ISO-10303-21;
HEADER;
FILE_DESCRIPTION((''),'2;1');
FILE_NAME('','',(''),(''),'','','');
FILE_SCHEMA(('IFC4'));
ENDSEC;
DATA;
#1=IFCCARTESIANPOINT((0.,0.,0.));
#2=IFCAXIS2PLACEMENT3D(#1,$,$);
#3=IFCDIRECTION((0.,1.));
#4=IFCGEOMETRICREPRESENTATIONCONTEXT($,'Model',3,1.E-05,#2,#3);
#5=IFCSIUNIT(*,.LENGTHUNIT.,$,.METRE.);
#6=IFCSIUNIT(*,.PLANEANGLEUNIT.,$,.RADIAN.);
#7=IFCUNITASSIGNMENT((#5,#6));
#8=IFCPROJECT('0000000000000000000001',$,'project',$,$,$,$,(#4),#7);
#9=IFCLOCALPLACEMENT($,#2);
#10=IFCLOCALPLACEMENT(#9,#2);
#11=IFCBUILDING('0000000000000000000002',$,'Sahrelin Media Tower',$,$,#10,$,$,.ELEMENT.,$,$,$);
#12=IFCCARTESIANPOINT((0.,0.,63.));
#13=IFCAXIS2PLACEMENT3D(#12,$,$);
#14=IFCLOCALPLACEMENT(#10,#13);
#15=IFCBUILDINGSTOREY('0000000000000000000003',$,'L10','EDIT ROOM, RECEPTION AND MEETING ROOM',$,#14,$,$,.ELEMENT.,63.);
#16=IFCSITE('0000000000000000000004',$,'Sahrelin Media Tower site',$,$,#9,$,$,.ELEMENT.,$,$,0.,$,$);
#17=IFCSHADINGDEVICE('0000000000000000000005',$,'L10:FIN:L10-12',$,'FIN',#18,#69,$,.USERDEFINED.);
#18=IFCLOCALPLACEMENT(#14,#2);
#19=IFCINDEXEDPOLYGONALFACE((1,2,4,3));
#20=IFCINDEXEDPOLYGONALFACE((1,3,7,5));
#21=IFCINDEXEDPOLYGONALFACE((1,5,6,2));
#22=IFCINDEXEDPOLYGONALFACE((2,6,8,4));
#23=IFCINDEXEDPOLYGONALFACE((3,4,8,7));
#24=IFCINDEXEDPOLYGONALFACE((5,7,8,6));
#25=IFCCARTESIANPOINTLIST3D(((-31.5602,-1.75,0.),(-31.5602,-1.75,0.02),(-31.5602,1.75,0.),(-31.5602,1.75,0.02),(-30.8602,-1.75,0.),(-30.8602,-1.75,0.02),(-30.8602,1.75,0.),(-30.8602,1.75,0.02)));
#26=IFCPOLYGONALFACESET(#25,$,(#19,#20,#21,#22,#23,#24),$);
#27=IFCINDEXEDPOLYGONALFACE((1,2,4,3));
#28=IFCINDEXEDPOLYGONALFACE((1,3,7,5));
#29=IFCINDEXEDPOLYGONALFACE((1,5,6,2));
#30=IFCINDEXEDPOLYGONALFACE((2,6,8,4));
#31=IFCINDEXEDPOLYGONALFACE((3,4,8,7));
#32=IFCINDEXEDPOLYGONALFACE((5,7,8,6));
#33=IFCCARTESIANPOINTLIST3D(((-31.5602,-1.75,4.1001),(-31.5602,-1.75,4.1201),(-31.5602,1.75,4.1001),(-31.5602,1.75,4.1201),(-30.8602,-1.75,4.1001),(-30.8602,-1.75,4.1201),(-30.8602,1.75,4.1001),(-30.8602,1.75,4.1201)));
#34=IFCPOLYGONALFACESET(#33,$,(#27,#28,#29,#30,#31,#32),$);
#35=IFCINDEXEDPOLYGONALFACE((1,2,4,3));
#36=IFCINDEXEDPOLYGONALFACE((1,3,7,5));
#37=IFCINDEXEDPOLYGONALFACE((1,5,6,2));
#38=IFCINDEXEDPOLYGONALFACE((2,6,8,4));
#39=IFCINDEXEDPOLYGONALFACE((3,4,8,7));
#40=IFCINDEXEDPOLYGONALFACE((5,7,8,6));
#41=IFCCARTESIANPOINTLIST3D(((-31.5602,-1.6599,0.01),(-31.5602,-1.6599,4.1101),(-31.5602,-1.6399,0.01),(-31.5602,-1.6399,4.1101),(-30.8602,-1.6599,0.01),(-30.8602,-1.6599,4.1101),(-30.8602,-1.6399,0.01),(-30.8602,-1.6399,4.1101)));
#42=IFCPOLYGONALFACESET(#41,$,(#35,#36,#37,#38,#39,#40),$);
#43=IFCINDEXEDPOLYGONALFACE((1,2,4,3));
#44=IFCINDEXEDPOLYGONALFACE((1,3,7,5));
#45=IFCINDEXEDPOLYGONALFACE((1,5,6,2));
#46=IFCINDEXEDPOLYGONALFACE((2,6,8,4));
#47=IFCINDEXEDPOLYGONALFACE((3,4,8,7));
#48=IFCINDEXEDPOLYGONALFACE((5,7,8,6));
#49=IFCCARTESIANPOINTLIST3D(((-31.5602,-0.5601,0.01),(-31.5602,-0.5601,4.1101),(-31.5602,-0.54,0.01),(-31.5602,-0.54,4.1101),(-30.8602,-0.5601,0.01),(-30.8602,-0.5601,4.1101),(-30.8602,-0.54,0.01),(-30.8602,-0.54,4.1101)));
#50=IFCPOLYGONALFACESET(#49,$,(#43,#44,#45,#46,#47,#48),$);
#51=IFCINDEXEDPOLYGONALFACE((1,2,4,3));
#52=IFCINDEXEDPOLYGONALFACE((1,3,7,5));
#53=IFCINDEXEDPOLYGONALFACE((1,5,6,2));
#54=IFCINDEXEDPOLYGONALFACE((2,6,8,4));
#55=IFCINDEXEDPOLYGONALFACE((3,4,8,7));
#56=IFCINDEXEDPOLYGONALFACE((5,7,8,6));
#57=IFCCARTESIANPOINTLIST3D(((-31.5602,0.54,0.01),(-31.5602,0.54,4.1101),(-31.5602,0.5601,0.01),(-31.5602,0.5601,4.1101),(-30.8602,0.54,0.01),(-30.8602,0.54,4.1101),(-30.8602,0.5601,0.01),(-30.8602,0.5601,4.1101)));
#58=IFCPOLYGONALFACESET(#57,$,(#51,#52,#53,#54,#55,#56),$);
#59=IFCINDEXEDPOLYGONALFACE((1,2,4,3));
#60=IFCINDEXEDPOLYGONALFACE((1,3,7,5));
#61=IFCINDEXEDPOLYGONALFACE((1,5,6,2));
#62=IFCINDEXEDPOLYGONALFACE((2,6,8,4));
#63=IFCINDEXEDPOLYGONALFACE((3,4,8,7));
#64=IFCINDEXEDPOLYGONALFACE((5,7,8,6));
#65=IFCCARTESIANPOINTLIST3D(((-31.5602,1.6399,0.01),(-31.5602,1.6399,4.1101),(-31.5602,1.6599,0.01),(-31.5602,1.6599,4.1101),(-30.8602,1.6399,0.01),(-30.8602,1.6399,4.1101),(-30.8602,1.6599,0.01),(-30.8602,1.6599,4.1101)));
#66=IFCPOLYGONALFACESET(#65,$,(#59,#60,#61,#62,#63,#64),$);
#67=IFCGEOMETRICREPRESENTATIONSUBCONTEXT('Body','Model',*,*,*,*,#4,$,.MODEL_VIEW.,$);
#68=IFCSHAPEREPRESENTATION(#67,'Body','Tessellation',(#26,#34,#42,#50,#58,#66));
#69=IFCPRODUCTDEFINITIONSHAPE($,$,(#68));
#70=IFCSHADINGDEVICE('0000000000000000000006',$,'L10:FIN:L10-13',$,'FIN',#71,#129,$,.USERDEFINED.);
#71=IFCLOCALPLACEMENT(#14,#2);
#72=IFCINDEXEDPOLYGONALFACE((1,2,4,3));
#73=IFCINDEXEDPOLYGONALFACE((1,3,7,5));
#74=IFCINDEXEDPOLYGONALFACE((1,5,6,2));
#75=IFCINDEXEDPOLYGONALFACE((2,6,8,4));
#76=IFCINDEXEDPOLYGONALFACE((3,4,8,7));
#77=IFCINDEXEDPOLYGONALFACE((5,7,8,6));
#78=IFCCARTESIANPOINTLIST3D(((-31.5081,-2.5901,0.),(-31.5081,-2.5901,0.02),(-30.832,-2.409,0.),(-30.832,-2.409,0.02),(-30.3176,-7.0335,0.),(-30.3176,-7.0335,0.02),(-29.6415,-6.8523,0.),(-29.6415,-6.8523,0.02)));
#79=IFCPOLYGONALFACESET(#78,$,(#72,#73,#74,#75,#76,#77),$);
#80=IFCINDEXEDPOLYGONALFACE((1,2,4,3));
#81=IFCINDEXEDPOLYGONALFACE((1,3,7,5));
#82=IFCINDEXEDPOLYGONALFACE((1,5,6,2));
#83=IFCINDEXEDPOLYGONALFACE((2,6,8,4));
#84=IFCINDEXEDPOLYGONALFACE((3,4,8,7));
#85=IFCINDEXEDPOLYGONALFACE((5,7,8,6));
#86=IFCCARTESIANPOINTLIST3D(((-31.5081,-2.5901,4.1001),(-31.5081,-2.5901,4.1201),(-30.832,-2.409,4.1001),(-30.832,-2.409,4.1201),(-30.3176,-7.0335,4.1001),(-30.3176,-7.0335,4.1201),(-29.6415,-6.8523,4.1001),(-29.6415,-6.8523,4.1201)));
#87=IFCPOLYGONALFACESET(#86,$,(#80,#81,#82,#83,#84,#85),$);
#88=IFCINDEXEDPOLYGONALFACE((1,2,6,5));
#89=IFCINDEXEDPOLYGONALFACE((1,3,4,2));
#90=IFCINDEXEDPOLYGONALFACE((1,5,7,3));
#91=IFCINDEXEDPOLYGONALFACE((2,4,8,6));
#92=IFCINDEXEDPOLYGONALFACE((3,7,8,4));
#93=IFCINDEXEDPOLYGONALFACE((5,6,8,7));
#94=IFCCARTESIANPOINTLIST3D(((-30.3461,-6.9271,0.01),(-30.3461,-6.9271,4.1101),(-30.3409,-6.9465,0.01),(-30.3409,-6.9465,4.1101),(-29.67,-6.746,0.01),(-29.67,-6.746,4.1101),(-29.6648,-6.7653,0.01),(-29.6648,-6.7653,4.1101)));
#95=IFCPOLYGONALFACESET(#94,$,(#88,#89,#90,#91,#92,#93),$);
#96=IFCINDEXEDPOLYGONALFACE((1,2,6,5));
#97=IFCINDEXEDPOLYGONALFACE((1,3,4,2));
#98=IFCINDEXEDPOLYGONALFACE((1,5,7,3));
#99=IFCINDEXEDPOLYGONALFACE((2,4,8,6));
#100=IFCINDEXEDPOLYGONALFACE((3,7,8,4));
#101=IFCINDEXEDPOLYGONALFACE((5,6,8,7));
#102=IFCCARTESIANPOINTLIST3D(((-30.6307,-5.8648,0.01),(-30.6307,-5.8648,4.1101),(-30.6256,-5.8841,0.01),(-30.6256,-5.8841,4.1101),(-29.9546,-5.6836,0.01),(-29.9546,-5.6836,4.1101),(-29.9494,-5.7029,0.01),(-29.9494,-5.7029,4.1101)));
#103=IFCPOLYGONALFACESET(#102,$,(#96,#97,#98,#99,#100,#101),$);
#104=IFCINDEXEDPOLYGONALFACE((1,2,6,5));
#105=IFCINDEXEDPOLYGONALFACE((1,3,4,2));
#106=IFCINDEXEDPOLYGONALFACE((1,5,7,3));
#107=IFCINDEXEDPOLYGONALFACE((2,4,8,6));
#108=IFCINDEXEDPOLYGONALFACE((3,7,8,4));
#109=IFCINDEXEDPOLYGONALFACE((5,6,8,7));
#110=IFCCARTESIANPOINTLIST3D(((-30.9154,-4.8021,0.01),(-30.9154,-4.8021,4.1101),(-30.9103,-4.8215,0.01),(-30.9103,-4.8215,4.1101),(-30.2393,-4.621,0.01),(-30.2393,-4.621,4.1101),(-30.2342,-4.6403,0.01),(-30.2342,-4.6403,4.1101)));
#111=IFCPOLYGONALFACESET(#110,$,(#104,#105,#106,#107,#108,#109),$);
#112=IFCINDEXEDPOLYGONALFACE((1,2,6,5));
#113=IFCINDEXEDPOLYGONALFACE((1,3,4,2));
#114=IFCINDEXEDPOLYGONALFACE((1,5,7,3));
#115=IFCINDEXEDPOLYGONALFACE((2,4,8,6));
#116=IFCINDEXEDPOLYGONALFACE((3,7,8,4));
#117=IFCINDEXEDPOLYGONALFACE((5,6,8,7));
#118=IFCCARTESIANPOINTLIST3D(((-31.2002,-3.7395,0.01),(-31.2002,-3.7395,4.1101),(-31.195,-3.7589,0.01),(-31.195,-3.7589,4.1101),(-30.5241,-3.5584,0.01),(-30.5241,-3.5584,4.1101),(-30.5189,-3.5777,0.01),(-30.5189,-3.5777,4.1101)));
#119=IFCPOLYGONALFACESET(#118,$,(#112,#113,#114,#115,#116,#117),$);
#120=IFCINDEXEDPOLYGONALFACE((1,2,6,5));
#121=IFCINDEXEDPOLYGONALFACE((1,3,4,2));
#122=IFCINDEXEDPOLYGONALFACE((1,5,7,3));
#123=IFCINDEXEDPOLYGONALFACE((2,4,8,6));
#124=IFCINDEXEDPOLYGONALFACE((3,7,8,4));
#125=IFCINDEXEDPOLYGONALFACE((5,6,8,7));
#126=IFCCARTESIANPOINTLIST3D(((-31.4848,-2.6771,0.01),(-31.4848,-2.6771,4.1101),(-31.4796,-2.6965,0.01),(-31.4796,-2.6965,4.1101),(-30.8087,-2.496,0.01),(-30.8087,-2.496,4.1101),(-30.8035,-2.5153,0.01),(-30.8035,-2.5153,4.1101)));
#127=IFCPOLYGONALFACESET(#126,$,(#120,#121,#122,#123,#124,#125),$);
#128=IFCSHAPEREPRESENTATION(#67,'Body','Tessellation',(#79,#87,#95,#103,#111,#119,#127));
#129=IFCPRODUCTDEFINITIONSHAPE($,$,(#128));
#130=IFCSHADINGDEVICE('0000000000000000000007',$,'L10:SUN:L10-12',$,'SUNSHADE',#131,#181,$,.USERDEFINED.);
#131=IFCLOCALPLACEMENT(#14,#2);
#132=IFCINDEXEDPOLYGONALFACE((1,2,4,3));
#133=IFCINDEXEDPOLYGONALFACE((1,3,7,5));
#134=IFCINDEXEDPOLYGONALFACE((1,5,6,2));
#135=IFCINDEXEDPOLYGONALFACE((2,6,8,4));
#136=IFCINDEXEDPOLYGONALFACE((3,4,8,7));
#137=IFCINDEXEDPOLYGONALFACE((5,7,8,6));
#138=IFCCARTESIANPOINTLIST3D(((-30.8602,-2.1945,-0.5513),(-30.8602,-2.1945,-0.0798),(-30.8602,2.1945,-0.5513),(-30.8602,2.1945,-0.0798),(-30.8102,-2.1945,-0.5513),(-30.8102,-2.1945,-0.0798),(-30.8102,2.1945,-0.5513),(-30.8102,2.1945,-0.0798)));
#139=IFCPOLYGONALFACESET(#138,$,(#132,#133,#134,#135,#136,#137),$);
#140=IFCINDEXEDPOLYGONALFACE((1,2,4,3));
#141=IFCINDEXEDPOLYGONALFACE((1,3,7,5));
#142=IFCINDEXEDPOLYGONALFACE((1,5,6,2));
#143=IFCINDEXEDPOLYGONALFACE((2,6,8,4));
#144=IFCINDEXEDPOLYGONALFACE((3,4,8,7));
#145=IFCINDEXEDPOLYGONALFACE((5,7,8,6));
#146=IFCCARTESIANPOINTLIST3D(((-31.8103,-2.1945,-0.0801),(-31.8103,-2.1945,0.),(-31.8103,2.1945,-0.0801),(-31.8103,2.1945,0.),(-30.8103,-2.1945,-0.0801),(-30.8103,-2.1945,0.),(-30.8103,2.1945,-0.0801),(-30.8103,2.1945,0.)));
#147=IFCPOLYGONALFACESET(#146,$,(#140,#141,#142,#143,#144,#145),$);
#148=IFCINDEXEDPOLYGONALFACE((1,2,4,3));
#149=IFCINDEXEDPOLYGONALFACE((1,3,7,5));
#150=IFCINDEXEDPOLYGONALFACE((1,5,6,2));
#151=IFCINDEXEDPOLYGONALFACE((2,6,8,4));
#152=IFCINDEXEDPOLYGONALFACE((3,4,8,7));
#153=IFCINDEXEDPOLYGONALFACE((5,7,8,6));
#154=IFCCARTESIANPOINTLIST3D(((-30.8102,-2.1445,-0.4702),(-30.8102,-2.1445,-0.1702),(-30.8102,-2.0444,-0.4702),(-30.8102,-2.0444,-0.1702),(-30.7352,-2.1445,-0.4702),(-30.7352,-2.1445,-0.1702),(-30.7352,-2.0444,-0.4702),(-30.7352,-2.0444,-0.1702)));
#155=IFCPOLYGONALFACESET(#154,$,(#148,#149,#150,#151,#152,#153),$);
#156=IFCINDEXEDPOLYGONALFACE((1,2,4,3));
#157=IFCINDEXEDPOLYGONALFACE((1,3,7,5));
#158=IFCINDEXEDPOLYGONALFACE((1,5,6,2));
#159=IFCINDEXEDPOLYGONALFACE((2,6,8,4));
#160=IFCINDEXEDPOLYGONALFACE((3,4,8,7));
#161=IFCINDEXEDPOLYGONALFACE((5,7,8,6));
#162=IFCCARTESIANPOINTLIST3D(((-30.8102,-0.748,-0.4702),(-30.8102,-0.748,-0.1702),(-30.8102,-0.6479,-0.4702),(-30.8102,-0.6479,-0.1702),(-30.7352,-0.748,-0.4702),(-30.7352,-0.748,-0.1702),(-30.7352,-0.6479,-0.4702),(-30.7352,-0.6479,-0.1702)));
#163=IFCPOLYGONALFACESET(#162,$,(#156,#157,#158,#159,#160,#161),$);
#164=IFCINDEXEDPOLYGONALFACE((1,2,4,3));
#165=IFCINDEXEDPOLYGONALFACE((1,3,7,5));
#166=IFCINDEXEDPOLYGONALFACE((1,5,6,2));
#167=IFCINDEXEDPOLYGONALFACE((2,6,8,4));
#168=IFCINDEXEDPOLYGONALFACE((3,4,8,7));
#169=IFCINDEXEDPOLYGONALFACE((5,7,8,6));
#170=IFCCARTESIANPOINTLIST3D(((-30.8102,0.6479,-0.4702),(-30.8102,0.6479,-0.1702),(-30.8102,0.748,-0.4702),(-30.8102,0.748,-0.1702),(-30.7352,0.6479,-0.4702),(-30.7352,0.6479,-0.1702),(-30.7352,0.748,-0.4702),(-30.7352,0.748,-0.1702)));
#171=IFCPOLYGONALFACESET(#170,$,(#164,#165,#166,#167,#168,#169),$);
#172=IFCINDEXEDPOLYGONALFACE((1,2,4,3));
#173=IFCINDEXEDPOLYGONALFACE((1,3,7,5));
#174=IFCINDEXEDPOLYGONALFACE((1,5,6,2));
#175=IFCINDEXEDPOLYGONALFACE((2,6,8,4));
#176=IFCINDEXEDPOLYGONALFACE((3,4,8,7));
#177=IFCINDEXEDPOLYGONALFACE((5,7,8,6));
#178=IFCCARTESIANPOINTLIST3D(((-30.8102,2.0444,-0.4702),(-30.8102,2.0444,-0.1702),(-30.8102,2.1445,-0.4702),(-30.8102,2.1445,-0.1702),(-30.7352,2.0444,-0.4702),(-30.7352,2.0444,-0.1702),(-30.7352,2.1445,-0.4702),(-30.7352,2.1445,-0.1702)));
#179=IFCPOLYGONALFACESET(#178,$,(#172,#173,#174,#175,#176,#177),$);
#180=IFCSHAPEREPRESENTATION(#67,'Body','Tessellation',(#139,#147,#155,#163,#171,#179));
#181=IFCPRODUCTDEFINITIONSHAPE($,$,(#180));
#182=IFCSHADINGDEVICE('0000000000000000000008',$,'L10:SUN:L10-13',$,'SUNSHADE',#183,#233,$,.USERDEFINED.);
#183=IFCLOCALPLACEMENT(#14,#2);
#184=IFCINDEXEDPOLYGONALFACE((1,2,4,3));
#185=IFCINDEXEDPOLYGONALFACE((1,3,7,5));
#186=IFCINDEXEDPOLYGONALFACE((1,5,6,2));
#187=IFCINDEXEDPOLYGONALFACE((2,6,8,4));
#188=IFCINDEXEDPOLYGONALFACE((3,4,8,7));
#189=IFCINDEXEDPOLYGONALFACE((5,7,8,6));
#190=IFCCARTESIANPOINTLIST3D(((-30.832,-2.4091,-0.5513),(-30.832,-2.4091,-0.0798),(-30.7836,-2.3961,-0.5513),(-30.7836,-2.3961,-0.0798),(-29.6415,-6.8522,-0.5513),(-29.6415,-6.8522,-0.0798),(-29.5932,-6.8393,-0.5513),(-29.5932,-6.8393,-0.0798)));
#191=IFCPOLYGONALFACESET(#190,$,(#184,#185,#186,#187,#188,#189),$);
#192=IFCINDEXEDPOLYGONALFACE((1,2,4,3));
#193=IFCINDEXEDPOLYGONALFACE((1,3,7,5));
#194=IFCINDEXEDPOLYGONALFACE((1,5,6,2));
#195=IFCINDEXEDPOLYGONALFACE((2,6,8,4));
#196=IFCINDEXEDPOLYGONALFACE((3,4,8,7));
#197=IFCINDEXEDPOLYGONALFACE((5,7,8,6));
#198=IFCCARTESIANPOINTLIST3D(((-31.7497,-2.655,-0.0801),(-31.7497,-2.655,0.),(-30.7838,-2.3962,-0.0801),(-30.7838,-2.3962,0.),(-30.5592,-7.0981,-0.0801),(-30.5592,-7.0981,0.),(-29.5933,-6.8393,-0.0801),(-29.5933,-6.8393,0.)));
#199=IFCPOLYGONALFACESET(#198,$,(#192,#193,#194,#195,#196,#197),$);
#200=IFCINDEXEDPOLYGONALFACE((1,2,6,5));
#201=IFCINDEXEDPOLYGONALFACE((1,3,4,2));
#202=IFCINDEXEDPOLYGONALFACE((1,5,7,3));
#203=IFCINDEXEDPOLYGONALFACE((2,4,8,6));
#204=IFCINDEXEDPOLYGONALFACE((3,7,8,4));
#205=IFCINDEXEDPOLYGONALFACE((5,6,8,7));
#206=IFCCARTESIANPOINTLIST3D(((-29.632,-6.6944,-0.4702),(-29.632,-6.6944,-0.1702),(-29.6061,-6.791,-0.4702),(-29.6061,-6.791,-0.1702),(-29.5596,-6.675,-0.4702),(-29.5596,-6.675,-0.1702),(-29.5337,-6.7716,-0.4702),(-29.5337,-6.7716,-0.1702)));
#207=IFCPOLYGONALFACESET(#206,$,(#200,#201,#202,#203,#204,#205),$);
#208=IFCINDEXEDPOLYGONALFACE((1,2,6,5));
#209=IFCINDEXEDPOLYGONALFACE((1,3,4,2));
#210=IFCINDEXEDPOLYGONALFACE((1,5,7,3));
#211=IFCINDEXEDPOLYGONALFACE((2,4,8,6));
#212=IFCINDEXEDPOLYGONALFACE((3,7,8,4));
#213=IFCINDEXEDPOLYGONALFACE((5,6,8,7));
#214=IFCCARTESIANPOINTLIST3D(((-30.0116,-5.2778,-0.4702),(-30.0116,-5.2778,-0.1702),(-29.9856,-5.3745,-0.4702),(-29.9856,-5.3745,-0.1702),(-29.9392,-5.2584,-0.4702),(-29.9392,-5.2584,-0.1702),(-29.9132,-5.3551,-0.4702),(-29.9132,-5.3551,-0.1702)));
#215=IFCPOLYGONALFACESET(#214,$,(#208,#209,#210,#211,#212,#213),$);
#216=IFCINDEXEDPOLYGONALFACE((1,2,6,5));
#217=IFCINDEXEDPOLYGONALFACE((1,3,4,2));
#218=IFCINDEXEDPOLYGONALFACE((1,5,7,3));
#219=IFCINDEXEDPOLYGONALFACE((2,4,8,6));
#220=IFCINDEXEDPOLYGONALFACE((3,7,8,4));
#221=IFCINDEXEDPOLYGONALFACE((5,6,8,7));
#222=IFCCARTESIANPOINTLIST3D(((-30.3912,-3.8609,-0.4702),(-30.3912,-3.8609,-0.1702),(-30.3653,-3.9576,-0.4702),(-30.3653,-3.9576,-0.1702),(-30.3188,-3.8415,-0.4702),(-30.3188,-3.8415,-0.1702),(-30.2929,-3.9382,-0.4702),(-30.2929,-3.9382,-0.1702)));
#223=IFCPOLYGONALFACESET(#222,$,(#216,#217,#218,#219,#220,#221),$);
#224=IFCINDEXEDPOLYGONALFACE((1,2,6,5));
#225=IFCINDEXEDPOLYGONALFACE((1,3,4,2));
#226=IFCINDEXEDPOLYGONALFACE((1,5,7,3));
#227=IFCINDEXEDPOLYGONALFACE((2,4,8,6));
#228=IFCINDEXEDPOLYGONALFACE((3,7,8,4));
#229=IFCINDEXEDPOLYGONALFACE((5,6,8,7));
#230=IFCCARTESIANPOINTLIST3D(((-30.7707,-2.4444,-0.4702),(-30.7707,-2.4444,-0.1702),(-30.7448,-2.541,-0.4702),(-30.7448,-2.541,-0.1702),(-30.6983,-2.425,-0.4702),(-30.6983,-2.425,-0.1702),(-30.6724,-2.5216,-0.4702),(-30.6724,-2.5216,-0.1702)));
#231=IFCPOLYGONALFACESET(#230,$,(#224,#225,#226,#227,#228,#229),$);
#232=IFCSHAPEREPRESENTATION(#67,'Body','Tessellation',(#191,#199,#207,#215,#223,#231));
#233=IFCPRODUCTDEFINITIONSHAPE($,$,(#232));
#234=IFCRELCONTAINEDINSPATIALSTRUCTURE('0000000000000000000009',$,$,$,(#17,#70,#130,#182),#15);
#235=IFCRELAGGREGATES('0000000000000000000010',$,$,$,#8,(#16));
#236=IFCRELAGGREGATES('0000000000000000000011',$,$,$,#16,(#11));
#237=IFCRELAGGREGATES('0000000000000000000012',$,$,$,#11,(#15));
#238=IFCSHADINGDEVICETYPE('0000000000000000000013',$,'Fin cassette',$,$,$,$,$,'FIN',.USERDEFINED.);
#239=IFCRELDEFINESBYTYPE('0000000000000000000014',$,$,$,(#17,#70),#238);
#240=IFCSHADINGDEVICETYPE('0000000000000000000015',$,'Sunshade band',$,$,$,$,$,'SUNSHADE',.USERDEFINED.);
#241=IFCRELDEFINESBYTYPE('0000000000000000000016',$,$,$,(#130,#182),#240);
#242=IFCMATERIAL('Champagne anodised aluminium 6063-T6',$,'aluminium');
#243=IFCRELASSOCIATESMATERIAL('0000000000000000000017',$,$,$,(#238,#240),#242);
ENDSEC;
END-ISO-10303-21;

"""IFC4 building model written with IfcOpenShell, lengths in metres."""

from ifc_helpers import new_model, si_unit, direction, frame, origin, origin_2d, place, context, subcontext, project, spatial, rectangle, extrude, material, type_object, element, save


model = new_model("IFC4")

# Units and contexts
model_context = context("Model", 3, precision=1e-05, world=origin(), true_north=direction((0.0, 1.0)))
body_context = subcontext(model_context, "Body", "Model", "MODEL_VIEW")
ifc_project = project(units=[si_unit("LENGTHUNIT", "METRE"), si_unit("PLANEANGLEUNIT", "RADIAN")], contexts=[model_context])

# Site, building, storey
site_placement = place(None, origin())
site = spatial("IfcSite", under=ifc_project, at=site_placement, Name="Sahrelin Media Tower site", CompositionType="ELEMENT", RefElevation=0.0)
building_placement = place(site_placement, origin())
building = spatial("IfcBuilding", under=site, at=building_placement, Name="Sahrelin Media Tower", CompositionType="ELEMENT")
storey_placement = place(building_placement, frame((0.0, 0.0, 63.0)))
storey = spatial("IfcBuildingStorey", under=building, at=storey_placement, Name="L10", Description="EDIT ROOM, RECEPTION AND MEETING ROOM", CompositionType="ELEMENT", Elevation=63.0)

# Shared definitions
ifc_material_1 = material(Name="Champagne anodised aluminium 6063-T6", Category="aluminium")

# Shading devices
shading_device_type_1 = type_object("IfcShadingDeviceType", Name="Fin cassette", ElementType="FIN", PredefinedType="USERDEFINED", material=ifc_material_1)
placement_1 = place(storey_placement, frame((-30.7903, 0.0, 0.0), z_axis=(0.0, 0.0, 1.0), x_axis=(0.0, 1.0, 0.0)))
element("IfcShadingDevice", 1, at=placement_1, inside=storey, type_object=shading_device_type_1, Name="L10:FIN:L10-12", ObjectType="FIN", PredefinedType="USERDEFINED", context=body_context, shape_type="SweptSolid", body=[
    extrude(rectangle(XDim=3.5, YDim=0.7, at=origin_2d()), frame((0.0, 0.4199, 0.0)), (0.0, 0.0, 1.0), 0.02),
    extrude(rectangle(XDim=3.5, YDim=0.7, at=origin_2d()), frame((0.0, 0.4199, 4.1001)), (0.0, 0.0, 1.0), 0.02),
    extrude(rectangle(XDim=0.02, YDim=0.7, at=origin_2d()), frame((-1.6499, 0.4199, 0.01), z_axis=(0.0, 0.0, 1.0), x_axis=(1.0, 0.0, 0.0)), (0.0, 0.0, 1.0), 4.1001),
    extrude(rectangle(XDim=0.02, YDim=0.7, at=origin_2d()), frame((-0.55, 0.4199, 0.01), z_axis=(0.0, 0.0, 1.0), x_axis=(1.0, 0.0, 0.0)), (0.0, 0.0, 1.0), 4.1001),
    extrude(rectangle(XDim=0.02, YDim=0.7, at=origin_2d()), frame((0.55, 0.4199, 0.01), z_axis=(0.0, 0.0, 1.0), x_axis=(1.0, 0.0, 0.0)), (0.0, 0.0, 1.0), 4.1001),
    extrude(rectangle(XDim=0.02, YDim=0.7, at=origin_2d()), frame((1.6499, 0.4199, 0.01), z_axis=(0.0, 0.0, 1.0), x_axis=(1.0, 0.0, 0.0)), (0.0, 0.0, 1.0), 4.1001),
])
placement_2 = place(storey_placement, frame((-30.1692, -4.6125, 0.0), z_axis=(0.0, 0.0, 1.0), x_axis=(-0.258808, 0.965929, 0.0)))
element("IfcShadingDevice", 2, at=placement_2, inside=storey, type_object=shading_device_type_1, Name="L10:FIN:L10-13", ObjectType="FIN", PredefinedType="USERDEFINED", context=body_context, shape_type="SweptSolid", body=[
    extrude(rectangle(XDim=4.6001, YDim=0.7, at=origin_2d()), frame((0.0, 0.4199, 0.0)), (0.0, 0.0, 1.0), 0.02),
    extrude(rectangle(XDim=4.6001, YDim=0.7, at=origin_2d()), frame((0.0, 0.4199, 4.1001)), (0.0, 0.0, 1.0), 0.02),
    extrude(rectangle(XDim=0.02, YDim=0.7, at=origin_2d()), frame((-2.2, 0.4199, 0.01), z_axis=(0.0, 0.0, 1.0), x_axis=(1.0, 0.0, 0.0)), (0.0, 0.0, 1.0), 4.1001),
    extrude(rectangle(XDim=0.02, YDim=0.7, at=origin_2d()), frame((-1.1001, 0.4199, 0.01), z_axis=(0.0, 0.0, 1.0), x_axis=(1.0, 0.0, 0.0)), (0.0, 0.0, 1.0), 4.1001),
    extrude(rectangle(XDim=0.02, YDim=0.7, at=origin_2d()), frame((0.0, 0.4199, 0.01), z_axis=(0.0, 0.0, 1.0), x_axis=(1.0, 0.0, 0.0)), (0.0, 0.0, 1.0), 4.1001),
    extrude(rectangle(XDim=0.02, YDim=0.7, at=origin_2d()), frame((1.1001, 0.4199, 0.01), z_axis=(0.0, 0.0, 1.0), x_axis=(1.0, 0.0, 0.0)), (0.0, 0.0, 1.0), 4.1001),
    extrude(rectangle(XDim=0.02, YDim=0.7, at=origin_2d()), frame((2.2, 0.4199, 0.01), z_axis=(0.0, 0.0, 1.0), x_axis=(1.0, 0.0, 0.0)), (0.0, 0.0, 1.0), 4.1001),
])
shading_device_type_2 = type_object("IfcShadingDeviceType", Name="Sunshade band", ElementType="SUNSHADE", PredefinedType="USERDEFINED", material=ifc_material_1)
element("IfcShadingDevice", 3, at=placement_1, inside=storey, type_object=shading_device_type_2, Name="L10:SUN:L10-12", ObjectType="SUNSHADE", PredefinedType="USERDEFINED", context=body_context, shape_type="SweptSolid", body=[
    extrude(rectangle(XDim=4.3889, YDim=0.05, at=origin_2d()), frame((0.0, 0.0449, -0.5513)), (0.0, 0.0, 1.0), 0.4714),
    extrude(rectangle(XDim=4.3889, YDim=1.0, at=origin_2d()), frame((0.0, 0.52, -0.0801)), (0.0, 0.0, 1.0), 0.0801),
    extrude(rectangle(XDim=0.1001, YDim=0.075, at=origin_2d()), frame((-2.0945, -0.0176, -0.4702)), (0.0, 0.0, 1.0), 0.3),
    extrude(rectangle(XDim=0.1001, YDim=0.075, at=origin_2d()), frame((-0.698, -0.0176, -0.4702)), (0.0, 0.0, 1.0), 0.3),
    extrude(rectangle(XDim=0.1001, YDim=0.075, at=origin_2d()), frame((0.698, -0.0176, -0.4702)), (0.0, 0.0, 1.0), 0.3),
    extrude(rectangle(XDim=0.1001, YDim=0.075, at=origin_2d()), frame((2.0945, -0.0176, -0.4702)), (0.0, 0.0, 1.0), 0.3),
])
element("IfcShadingDevice", 4, at=placement_2, inside=storey, type_object=shading_device_type_2, Name="L10:SUN:L10-13", ObjectType="SUNSHADE", PredefinedType="USERDEFINED", context=body_context, shape_type="SweptSolid", body=[
    extrude(rectangle(XDim=4.5999, YDim=0.05, at=origin_2d()), frame((0.0, 0.0449, -0.5513)), (0.0, 0.0, 1.0), 0.4714),
    extrude(rectangle(XDim=4.5999, YDim=1.0, at=origin_2d()), frame((0.0, 0.52, -0.0801)), (0.0, 0.0, 1.0), 0.0801),
    extrude(rectangle(XDim=0.1001, YDim=0.075, at=origin_2d()), frame((-2.2, -0.0176, -0.4702)), (0.0, 0.0, 1.0), 0.3),
    extrude(rectangle(XDim=0.1001, YDim=0.075, at=origin_2d()), frame((-0.7334, -0.0176, -0.4702)), (0.0, 0.0, 1.0), 0.3),
    extrude(rectangle(XDim=0.1001, YDim=0.075, at=origin_2d()), frame((0.7334, -0.0176, -0.4702)), (0.0, 0.0, 1.0), 0.3),
    extrude(rectangle(XDim=0.1001, YDim=0.075, at=origin_2d()), frame((2.2, -0.0176, -0.4702)), (0.0, 0.0, 1.0), 0.3),
])

save(model, "model.ifc")
